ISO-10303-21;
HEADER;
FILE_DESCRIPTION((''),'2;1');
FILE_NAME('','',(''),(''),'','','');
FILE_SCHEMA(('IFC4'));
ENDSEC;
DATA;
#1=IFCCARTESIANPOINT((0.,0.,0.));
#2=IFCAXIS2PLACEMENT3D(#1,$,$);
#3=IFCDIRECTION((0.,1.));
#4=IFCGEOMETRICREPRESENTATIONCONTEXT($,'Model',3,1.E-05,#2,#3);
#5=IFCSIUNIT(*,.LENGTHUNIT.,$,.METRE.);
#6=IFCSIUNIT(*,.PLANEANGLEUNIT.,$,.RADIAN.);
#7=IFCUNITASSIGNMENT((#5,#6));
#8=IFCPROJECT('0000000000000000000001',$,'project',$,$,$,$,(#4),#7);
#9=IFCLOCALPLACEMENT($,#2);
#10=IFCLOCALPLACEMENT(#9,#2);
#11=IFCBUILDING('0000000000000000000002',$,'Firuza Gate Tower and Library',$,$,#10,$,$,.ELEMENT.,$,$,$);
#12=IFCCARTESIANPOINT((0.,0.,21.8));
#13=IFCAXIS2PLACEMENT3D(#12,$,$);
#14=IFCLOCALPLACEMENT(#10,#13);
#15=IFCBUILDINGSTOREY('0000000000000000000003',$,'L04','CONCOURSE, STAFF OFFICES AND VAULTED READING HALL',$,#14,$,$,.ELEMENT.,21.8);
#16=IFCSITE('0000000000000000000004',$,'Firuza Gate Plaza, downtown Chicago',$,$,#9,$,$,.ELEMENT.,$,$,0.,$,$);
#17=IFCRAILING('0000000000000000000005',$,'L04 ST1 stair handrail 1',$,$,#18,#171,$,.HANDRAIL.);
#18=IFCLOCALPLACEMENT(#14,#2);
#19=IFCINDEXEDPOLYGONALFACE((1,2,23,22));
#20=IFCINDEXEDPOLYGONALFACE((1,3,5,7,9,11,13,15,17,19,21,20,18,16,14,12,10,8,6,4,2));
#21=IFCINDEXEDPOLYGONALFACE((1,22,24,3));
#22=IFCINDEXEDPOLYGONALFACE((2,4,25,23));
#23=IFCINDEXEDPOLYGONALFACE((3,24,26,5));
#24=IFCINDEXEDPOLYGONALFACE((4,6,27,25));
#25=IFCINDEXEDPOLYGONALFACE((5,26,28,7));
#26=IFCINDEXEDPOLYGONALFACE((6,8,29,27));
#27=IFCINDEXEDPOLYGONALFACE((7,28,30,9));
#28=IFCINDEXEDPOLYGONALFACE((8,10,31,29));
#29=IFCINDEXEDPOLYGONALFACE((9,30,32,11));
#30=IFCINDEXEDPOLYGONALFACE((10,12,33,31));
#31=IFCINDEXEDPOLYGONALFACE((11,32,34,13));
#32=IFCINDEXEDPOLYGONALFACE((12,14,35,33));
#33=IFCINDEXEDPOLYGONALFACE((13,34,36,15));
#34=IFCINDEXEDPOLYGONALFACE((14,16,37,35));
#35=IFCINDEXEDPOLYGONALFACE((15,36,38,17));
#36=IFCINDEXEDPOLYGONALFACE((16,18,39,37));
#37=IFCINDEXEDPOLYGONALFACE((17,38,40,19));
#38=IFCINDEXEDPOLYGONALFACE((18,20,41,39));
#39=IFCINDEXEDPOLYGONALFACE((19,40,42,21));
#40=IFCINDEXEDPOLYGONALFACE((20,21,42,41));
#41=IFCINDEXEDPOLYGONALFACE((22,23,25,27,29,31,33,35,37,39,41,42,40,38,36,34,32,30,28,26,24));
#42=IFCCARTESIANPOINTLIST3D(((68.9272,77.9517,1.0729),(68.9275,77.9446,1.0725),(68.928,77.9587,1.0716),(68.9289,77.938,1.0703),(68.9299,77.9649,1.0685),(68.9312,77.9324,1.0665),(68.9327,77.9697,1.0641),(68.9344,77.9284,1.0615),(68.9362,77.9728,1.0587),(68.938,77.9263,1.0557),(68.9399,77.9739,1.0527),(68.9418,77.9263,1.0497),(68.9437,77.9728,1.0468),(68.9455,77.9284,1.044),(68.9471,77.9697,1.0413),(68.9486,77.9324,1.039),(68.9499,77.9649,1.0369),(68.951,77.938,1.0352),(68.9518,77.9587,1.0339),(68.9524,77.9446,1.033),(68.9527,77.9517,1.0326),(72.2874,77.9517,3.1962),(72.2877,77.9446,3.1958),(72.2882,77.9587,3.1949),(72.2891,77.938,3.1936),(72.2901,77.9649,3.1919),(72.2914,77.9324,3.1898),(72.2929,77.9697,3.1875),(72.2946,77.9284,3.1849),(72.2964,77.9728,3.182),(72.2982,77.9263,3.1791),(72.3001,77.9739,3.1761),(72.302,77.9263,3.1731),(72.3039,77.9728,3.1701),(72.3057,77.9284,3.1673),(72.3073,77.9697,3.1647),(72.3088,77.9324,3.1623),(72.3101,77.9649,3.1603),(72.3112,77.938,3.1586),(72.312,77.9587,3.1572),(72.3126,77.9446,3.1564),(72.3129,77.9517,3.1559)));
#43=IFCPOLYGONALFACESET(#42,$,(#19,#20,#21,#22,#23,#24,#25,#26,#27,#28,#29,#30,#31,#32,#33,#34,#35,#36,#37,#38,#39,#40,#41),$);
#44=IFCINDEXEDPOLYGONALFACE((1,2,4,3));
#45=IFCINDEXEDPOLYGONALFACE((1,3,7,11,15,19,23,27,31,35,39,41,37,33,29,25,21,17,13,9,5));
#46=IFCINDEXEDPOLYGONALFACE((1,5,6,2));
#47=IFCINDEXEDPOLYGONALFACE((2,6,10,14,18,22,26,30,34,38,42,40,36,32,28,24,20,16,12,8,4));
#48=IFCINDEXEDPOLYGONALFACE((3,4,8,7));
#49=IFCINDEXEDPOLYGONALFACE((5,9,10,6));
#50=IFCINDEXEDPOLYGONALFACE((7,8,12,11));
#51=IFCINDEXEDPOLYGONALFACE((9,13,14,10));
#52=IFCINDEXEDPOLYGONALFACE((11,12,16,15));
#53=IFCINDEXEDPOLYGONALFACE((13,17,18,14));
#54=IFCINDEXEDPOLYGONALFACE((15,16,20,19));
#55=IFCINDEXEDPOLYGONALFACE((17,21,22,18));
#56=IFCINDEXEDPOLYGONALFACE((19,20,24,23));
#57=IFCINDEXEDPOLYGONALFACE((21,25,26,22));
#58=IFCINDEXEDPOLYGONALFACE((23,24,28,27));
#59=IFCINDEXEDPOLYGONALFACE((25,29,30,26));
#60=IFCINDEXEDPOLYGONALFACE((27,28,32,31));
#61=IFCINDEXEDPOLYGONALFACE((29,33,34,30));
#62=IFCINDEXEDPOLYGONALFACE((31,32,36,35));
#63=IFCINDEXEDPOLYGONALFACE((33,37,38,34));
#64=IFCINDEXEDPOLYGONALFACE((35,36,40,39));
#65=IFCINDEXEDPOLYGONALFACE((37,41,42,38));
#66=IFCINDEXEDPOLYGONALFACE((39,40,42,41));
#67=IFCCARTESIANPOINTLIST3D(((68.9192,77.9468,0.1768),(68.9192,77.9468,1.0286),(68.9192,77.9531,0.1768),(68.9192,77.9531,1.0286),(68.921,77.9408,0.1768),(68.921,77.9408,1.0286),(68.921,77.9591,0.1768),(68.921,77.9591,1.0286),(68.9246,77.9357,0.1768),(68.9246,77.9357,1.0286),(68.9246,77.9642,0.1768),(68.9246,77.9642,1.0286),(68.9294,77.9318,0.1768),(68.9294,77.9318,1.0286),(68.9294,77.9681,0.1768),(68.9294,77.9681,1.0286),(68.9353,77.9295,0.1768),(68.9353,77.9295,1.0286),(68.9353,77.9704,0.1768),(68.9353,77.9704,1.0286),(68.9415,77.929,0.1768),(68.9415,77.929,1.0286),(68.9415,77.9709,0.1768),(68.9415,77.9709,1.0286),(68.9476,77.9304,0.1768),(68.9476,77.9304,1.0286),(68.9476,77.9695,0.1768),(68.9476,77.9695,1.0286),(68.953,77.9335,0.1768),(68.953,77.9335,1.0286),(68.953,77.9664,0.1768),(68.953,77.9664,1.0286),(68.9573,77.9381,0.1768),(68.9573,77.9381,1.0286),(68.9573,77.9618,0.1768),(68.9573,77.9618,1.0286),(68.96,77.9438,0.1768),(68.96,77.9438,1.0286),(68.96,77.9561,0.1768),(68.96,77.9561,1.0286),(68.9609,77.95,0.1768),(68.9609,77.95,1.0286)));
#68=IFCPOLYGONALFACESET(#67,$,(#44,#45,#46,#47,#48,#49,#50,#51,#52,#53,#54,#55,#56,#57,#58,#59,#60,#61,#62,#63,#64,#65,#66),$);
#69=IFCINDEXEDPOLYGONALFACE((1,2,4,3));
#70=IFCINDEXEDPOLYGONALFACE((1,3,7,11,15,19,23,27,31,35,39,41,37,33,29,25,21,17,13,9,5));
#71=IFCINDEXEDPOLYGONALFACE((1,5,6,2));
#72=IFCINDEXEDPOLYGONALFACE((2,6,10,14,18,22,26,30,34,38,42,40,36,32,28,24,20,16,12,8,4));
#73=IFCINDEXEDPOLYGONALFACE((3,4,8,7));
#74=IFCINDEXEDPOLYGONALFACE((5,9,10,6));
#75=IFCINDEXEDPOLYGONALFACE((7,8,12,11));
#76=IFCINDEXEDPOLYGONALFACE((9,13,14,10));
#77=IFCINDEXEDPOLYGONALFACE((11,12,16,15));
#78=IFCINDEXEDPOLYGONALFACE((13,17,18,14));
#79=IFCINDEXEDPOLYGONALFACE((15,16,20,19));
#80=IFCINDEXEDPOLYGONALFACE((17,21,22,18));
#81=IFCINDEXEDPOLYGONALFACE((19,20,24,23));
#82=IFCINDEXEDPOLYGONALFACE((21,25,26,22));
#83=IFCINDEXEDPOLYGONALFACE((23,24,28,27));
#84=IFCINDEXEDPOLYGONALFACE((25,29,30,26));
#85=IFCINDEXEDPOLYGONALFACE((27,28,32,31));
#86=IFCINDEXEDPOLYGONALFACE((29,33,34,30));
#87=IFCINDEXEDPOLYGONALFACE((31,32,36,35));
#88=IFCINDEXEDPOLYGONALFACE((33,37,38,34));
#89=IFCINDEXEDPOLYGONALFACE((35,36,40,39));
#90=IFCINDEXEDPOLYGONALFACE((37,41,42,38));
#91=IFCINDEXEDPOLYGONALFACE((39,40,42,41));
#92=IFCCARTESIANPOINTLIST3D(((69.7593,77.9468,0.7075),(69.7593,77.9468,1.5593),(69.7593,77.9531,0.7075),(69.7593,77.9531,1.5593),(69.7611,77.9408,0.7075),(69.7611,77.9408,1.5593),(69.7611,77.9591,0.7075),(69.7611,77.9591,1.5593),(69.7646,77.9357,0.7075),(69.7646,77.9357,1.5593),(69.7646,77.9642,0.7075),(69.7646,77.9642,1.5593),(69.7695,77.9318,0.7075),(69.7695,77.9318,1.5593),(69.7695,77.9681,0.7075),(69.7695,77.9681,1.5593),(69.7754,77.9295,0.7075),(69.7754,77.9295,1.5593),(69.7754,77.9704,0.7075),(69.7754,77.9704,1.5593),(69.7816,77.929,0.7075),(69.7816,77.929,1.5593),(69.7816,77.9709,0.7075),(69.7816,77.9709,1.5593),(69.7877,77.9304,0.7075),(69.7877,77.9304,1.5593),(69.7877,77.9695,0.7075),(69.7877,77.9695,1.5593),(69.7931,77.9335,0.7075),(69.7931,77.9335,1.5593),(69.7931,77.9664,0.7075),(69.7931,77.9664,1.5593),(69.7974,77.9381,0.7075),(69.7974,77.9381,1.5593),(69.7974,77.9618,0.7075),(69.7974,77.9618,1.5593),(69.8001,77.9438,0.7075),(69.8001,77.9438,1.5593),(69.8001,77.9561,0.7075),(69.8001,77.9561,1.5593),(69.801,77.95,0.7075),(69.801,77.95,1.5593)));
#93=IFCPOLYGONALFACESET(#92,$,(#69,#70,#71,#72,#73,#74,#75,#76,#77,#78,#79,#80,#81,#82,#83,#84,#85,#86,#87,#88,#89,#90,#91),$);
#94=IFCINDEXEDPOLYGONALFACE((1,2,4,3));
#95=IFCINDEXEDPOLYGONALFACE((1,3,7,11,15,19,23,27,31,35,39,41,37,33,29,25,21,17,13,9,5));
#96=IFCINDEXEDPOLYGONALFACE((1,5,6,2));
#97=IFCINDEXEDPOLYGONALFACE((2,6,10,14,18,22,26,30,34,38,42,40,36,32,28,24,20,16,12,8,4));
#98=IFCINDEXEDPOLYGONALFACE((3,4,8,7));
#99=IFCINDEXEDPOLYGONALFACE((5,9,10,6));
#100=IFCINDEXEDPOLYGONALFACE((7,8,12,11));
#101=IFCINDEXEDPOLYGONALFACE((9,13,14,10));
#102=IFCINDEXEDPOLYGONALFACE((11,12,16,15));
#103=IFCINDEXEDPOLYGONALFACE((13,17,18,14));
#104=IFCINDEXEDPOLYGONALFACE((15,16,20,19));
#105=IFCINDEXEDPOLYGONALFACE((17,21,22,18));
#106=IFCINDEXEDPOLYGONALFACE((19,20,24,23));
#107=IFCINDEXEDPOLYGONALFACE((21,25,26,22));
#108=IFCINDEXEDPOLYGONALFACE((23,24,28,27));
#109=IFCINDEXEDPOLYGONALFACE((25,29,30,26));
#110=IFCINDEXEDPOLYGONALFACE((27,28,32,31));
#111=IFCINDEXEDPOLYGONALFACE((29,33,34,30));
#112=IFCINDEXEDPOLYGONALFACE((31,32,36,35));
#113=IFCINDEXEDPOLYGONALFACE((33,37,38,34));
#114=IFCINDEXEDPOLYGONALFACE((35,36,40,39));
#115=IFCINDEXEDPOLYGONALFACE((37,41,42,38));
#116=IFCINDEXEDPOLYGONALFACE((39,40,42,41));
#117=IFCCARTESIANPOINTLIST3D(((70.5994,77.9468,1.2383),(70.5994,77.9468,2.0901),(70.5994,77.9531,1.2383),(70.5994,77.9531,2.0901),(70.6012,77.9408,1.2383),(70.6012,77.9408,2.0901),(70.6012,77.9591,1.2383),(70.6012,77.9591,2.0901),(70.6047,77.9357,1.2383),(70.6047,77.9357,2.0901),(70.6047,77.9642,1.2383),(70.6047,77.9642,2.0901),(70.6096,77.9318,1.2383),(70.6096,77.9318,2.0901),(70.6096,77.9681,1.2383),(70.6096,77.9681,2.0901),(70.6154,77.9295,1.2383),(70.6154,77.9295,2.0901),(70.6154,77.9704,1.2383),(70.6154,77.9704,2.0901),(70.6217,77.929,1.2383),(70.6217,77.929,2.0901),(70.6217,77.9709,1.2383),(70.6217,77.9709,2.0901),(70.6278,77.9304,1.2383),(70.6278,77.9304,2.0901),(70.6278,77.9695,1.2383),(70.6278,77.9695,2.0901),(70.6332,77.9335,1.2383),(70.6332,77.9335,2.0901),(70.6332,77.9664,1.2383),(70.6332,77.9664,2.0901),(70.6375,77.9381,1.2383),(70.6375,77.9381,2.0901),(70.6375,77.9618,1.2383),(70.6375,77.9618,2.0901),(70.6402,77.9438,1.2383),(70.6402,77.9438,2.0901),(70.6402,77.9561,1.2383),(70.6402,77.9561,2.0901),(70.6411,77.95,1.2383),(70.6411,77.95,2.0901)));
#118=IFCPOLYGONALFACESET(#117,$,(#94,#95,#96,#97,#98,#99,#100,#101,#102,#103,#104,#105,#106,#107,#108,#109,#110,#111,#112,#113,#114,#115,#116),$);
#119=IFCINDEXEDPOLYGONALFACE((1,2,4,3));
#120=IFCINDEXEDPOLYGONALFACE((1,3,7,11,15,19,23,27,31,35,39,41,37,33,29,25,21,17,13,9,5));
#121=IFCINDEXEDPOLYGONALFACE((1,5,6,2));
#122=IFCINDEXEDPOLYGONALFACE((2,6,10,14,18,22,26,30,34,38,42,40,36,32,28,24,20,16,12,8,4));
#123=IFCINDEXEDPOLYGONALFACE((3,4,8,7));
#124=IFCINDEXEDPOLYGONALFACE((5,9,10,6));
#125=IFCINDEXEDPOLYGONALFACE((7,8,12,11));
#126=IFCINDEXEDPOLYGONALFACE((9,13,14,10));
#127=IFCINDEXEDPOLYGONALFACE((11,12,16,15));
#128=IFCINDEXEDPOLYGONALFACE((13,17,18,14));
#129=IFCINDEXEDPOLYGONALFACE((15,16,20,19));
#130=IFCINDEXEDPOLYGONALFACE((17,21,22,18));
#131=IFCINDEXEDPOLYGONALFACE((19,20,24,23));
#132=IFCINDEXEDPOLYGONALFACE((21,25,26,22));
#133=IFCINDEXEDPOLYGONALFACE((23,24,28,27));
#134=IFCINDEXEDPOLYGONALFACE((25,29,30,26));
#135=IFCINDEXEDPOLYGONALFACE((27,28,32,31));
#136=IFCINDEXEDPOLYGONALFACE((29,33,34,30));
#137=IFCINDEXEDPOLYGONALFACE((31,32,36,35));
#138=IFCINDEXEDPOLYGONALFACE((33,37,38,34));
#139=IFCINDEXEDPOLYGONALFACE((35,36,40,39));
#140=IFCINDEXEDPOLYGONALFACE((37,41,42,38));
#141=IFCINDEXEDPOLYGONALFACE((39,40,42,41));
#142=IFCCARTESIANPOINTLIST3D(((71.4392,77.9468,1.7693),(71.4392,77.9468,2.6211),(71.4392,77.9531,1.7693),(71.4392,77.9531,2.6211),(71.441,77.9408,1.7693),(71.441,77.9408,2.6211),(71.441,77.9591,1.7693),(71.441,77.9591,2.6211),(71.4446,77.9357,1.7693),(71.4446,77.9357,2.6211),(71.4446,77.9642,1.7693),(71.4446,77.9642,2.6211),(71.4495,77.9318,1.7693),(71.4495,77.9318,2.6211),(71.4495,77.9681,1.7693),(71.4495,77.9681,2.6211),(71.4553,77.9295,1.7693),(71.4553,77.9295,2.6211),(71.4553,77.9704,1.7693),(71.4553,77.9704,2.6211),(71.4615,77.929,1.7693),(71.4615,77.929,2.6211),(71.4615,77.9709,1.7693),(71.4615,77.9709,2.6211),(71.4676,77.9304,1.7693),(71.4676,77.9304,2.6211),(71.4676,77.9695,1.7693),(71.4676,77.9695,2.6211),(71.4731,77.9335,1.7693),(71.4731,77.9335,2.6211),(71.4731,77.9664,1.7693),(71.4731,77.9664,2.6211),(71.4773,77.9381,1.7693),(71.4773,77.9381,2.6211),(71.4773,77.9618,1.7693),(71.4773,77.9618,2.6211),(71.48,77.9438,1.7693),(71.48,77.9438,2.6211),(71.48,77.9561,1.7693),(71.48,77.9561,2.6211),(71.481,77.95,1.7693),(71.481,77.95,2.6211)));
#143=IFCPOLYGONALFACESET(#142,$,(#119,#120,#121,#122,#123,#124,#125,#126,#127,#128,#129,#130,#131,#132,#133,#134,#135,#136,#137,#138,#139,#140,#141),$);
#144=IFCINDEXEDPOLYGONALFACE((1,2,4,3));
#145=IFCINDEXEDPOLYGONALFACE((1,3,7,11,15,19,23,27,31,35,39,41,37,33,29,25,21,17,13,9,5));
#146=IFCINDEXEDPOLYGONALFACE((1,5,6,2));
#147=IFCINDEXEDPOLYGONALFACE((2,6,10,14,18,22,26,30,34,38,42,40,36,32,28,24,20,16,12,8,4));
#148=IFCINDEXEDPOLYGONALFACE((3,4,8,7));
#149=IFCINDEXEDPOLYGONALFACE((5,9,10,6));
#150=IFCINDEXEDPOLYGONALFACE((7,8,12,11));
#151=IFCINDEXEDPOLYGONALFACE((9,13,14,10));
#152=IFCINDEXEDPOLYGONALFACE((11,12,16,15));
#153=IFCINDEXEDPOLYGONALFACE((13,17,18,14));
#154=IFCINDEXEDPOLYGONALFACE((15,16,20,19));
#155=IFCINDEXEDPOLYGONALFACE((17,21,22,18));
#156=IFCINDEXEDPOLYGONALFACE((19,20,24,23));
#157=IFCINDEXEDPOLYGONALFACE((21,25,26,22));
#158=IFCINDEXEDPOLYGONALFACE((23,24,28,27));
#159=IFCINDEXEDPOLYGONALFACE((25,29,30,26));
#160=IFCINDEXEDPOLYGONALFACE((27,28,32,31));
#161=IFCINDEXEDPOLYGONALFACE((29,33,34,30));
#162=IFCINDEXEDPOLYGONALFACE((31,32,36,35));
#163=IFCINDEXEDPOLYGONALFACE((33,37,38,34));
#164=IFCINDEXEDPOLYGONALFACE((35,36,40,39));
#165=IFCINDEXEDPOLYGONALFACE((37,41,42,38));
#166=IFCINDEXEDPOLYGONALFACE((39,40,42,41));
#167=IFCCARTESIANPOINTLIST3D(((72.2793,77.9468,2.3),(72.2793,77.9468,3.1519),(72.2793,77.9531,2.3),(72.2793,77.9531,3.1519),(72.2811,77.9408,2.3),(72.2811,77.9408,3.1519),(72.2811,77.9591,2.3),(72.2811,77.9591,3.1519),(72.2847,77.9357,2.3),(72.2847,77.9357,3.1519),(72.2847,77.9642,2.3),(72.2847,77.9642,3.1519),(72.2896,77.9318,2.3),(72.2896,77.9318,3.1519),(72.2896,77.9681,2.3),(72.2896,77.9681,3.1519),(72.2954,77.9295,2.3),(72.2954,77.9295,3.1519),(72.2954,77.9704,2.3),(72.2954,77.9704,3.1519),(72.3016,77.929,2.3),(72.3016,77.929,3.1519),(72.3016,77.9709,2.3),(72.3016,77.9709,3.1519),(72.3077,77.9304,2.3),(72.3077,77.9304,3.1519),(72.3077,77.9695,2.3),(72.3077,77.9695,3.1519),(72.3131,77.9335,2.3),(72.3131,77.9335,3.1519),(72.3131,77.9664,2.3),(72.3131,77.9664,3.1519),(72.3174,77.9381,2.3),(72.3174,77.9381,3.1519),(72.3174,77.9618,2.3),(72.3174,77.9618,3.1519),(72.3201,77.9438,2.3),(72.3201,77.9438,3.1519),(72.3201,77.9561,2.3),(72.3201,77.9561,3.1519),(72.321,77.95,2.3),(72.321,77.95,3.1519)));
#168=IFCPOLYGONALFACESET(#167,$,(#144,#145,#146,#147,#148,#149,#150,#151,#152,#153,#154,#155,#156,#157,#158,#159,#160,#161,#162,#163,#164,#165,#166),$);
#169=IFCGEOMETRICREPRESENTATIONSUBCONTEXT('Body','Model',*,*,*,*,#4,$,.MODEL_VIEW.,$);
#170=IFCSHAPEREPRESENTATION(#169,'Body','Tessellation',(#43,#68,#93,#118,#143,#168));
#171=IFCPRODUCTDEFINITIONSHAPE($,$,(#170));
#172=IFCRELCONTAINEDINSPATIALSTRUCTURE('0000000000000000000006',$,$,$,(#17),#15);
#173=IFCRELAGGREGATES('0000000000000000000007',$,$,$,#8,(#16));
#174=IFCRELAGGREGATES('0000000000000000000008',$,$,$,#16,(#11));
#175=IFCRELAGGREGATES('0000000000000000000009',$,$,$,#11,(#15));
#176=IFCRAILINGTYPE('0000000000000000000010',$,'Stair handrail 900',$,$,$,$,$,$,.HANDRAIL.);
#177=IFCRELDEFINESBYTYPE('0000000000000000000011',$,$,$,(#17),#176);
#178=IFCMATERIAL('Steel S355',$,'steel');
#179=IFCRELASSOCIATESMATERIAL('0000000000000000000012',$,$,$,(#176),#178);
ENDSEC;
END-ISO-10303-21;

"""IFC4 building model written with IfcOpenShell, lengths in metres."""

from ifc_helpers import new_model, si_unit, direction, frame, origin, origin_2d, place, context, subcontext, project, spatial, circle, extrude, material, type_object, element, save


model = new_model("IFC4")

# Units and contexts
model_context = context("Model", 3, precision=1e-05, world=origin(), true_north=direction((0.0, 1.0)))
body_context = subcontext(model_context, "Body", "Model", "MODEL_VIEW")
ifc_project = project(units=[si_unit("LENGTHUNIT", "METRE"), si_unit("PLANEANGLEUNIT", "RADIAN")], contexts=[model_context])

# Site, building, storey
site_placement = place(None, origin())
site = spatial("IfcSite", under=ifc_project, at=site_placement, Name="Firuza Gate Plaza, downtown Chicago", CompositionType="ELEMENT", RefElevation=0.0)
building_placement = place(site_placement, origin())
building = spatial("IfcBuilding", under=site, at=building_placement, Name="Firuza Gate Tower and Library", CompositionType="ELEMENT")
storey_placement = place(building_placement, frame((0.0, 0.0, 21.8)))
storey = spatial("IfcBuildingStorey", under=building, at=storey_placement, Name="L04", Description="CONCOURSE, STAFF OFFICES AND VAULTED READING HALL", CompositionType="ELEMENT", Elevation=21.8)

# Railing
ifc_material_1 = material(Name="Steel S355", Category="steel")
railing_type_1 = type_object("IfcRailingType", Name="Stair handrail 900", PredefinedType="HANDRAIL", material=ifc_material_1)
railing_1_placement = place(storey_placement, frame((68.9399, 77.95, 0.1768)))
element("IfcRailing", 1, at=railing_1_placement, inside=storey, type_object=railing_type_1, Name="L04 ST1 stair handrail 1", PredefinedType="HANDRAIL", context=body_context, shape_type="SweptSolid", body=[
    extrude(circle(Radius=0.0239, at=origin_2d()), frame((0.0, 0.0, 0.876), z_axis=(0.845362, 0.0, 0.534194), x_axis=(0.0, 1.0, 0.0)), (0.0, 0.0, 1.0), 3.9749),
    extrude(circle(Radius=0.021, at=origin_2d()), origin(), (0.0, 0.0, 1.0), 0.8518),
    extrude(circle(Radius=0.021, at=origin_2d()), frame((0.8401, 0.0, 0.5308)), (0.0, 0.0, 1.0), 0.8518),
    extrude(circle(Radius=0.021, at=origin_2d()), frame((1.6802, 0.0, 1.0615)), (0.0, 0.0, 1.0), 0.8518),
    extrude(circle(Radius=0.021, at=origin_2d()), frame((2.52, 0.0, 1.5925)), (0.0, 0.0, 1.0), 0.8518),
    extrude(circle(Radius=0.021, at=origin_2d()), frame((3.3601, 0.0, 2.1233)), (0.0, 0.0, 1.0), 0.8518),
])

save(model, "model.ifc")
